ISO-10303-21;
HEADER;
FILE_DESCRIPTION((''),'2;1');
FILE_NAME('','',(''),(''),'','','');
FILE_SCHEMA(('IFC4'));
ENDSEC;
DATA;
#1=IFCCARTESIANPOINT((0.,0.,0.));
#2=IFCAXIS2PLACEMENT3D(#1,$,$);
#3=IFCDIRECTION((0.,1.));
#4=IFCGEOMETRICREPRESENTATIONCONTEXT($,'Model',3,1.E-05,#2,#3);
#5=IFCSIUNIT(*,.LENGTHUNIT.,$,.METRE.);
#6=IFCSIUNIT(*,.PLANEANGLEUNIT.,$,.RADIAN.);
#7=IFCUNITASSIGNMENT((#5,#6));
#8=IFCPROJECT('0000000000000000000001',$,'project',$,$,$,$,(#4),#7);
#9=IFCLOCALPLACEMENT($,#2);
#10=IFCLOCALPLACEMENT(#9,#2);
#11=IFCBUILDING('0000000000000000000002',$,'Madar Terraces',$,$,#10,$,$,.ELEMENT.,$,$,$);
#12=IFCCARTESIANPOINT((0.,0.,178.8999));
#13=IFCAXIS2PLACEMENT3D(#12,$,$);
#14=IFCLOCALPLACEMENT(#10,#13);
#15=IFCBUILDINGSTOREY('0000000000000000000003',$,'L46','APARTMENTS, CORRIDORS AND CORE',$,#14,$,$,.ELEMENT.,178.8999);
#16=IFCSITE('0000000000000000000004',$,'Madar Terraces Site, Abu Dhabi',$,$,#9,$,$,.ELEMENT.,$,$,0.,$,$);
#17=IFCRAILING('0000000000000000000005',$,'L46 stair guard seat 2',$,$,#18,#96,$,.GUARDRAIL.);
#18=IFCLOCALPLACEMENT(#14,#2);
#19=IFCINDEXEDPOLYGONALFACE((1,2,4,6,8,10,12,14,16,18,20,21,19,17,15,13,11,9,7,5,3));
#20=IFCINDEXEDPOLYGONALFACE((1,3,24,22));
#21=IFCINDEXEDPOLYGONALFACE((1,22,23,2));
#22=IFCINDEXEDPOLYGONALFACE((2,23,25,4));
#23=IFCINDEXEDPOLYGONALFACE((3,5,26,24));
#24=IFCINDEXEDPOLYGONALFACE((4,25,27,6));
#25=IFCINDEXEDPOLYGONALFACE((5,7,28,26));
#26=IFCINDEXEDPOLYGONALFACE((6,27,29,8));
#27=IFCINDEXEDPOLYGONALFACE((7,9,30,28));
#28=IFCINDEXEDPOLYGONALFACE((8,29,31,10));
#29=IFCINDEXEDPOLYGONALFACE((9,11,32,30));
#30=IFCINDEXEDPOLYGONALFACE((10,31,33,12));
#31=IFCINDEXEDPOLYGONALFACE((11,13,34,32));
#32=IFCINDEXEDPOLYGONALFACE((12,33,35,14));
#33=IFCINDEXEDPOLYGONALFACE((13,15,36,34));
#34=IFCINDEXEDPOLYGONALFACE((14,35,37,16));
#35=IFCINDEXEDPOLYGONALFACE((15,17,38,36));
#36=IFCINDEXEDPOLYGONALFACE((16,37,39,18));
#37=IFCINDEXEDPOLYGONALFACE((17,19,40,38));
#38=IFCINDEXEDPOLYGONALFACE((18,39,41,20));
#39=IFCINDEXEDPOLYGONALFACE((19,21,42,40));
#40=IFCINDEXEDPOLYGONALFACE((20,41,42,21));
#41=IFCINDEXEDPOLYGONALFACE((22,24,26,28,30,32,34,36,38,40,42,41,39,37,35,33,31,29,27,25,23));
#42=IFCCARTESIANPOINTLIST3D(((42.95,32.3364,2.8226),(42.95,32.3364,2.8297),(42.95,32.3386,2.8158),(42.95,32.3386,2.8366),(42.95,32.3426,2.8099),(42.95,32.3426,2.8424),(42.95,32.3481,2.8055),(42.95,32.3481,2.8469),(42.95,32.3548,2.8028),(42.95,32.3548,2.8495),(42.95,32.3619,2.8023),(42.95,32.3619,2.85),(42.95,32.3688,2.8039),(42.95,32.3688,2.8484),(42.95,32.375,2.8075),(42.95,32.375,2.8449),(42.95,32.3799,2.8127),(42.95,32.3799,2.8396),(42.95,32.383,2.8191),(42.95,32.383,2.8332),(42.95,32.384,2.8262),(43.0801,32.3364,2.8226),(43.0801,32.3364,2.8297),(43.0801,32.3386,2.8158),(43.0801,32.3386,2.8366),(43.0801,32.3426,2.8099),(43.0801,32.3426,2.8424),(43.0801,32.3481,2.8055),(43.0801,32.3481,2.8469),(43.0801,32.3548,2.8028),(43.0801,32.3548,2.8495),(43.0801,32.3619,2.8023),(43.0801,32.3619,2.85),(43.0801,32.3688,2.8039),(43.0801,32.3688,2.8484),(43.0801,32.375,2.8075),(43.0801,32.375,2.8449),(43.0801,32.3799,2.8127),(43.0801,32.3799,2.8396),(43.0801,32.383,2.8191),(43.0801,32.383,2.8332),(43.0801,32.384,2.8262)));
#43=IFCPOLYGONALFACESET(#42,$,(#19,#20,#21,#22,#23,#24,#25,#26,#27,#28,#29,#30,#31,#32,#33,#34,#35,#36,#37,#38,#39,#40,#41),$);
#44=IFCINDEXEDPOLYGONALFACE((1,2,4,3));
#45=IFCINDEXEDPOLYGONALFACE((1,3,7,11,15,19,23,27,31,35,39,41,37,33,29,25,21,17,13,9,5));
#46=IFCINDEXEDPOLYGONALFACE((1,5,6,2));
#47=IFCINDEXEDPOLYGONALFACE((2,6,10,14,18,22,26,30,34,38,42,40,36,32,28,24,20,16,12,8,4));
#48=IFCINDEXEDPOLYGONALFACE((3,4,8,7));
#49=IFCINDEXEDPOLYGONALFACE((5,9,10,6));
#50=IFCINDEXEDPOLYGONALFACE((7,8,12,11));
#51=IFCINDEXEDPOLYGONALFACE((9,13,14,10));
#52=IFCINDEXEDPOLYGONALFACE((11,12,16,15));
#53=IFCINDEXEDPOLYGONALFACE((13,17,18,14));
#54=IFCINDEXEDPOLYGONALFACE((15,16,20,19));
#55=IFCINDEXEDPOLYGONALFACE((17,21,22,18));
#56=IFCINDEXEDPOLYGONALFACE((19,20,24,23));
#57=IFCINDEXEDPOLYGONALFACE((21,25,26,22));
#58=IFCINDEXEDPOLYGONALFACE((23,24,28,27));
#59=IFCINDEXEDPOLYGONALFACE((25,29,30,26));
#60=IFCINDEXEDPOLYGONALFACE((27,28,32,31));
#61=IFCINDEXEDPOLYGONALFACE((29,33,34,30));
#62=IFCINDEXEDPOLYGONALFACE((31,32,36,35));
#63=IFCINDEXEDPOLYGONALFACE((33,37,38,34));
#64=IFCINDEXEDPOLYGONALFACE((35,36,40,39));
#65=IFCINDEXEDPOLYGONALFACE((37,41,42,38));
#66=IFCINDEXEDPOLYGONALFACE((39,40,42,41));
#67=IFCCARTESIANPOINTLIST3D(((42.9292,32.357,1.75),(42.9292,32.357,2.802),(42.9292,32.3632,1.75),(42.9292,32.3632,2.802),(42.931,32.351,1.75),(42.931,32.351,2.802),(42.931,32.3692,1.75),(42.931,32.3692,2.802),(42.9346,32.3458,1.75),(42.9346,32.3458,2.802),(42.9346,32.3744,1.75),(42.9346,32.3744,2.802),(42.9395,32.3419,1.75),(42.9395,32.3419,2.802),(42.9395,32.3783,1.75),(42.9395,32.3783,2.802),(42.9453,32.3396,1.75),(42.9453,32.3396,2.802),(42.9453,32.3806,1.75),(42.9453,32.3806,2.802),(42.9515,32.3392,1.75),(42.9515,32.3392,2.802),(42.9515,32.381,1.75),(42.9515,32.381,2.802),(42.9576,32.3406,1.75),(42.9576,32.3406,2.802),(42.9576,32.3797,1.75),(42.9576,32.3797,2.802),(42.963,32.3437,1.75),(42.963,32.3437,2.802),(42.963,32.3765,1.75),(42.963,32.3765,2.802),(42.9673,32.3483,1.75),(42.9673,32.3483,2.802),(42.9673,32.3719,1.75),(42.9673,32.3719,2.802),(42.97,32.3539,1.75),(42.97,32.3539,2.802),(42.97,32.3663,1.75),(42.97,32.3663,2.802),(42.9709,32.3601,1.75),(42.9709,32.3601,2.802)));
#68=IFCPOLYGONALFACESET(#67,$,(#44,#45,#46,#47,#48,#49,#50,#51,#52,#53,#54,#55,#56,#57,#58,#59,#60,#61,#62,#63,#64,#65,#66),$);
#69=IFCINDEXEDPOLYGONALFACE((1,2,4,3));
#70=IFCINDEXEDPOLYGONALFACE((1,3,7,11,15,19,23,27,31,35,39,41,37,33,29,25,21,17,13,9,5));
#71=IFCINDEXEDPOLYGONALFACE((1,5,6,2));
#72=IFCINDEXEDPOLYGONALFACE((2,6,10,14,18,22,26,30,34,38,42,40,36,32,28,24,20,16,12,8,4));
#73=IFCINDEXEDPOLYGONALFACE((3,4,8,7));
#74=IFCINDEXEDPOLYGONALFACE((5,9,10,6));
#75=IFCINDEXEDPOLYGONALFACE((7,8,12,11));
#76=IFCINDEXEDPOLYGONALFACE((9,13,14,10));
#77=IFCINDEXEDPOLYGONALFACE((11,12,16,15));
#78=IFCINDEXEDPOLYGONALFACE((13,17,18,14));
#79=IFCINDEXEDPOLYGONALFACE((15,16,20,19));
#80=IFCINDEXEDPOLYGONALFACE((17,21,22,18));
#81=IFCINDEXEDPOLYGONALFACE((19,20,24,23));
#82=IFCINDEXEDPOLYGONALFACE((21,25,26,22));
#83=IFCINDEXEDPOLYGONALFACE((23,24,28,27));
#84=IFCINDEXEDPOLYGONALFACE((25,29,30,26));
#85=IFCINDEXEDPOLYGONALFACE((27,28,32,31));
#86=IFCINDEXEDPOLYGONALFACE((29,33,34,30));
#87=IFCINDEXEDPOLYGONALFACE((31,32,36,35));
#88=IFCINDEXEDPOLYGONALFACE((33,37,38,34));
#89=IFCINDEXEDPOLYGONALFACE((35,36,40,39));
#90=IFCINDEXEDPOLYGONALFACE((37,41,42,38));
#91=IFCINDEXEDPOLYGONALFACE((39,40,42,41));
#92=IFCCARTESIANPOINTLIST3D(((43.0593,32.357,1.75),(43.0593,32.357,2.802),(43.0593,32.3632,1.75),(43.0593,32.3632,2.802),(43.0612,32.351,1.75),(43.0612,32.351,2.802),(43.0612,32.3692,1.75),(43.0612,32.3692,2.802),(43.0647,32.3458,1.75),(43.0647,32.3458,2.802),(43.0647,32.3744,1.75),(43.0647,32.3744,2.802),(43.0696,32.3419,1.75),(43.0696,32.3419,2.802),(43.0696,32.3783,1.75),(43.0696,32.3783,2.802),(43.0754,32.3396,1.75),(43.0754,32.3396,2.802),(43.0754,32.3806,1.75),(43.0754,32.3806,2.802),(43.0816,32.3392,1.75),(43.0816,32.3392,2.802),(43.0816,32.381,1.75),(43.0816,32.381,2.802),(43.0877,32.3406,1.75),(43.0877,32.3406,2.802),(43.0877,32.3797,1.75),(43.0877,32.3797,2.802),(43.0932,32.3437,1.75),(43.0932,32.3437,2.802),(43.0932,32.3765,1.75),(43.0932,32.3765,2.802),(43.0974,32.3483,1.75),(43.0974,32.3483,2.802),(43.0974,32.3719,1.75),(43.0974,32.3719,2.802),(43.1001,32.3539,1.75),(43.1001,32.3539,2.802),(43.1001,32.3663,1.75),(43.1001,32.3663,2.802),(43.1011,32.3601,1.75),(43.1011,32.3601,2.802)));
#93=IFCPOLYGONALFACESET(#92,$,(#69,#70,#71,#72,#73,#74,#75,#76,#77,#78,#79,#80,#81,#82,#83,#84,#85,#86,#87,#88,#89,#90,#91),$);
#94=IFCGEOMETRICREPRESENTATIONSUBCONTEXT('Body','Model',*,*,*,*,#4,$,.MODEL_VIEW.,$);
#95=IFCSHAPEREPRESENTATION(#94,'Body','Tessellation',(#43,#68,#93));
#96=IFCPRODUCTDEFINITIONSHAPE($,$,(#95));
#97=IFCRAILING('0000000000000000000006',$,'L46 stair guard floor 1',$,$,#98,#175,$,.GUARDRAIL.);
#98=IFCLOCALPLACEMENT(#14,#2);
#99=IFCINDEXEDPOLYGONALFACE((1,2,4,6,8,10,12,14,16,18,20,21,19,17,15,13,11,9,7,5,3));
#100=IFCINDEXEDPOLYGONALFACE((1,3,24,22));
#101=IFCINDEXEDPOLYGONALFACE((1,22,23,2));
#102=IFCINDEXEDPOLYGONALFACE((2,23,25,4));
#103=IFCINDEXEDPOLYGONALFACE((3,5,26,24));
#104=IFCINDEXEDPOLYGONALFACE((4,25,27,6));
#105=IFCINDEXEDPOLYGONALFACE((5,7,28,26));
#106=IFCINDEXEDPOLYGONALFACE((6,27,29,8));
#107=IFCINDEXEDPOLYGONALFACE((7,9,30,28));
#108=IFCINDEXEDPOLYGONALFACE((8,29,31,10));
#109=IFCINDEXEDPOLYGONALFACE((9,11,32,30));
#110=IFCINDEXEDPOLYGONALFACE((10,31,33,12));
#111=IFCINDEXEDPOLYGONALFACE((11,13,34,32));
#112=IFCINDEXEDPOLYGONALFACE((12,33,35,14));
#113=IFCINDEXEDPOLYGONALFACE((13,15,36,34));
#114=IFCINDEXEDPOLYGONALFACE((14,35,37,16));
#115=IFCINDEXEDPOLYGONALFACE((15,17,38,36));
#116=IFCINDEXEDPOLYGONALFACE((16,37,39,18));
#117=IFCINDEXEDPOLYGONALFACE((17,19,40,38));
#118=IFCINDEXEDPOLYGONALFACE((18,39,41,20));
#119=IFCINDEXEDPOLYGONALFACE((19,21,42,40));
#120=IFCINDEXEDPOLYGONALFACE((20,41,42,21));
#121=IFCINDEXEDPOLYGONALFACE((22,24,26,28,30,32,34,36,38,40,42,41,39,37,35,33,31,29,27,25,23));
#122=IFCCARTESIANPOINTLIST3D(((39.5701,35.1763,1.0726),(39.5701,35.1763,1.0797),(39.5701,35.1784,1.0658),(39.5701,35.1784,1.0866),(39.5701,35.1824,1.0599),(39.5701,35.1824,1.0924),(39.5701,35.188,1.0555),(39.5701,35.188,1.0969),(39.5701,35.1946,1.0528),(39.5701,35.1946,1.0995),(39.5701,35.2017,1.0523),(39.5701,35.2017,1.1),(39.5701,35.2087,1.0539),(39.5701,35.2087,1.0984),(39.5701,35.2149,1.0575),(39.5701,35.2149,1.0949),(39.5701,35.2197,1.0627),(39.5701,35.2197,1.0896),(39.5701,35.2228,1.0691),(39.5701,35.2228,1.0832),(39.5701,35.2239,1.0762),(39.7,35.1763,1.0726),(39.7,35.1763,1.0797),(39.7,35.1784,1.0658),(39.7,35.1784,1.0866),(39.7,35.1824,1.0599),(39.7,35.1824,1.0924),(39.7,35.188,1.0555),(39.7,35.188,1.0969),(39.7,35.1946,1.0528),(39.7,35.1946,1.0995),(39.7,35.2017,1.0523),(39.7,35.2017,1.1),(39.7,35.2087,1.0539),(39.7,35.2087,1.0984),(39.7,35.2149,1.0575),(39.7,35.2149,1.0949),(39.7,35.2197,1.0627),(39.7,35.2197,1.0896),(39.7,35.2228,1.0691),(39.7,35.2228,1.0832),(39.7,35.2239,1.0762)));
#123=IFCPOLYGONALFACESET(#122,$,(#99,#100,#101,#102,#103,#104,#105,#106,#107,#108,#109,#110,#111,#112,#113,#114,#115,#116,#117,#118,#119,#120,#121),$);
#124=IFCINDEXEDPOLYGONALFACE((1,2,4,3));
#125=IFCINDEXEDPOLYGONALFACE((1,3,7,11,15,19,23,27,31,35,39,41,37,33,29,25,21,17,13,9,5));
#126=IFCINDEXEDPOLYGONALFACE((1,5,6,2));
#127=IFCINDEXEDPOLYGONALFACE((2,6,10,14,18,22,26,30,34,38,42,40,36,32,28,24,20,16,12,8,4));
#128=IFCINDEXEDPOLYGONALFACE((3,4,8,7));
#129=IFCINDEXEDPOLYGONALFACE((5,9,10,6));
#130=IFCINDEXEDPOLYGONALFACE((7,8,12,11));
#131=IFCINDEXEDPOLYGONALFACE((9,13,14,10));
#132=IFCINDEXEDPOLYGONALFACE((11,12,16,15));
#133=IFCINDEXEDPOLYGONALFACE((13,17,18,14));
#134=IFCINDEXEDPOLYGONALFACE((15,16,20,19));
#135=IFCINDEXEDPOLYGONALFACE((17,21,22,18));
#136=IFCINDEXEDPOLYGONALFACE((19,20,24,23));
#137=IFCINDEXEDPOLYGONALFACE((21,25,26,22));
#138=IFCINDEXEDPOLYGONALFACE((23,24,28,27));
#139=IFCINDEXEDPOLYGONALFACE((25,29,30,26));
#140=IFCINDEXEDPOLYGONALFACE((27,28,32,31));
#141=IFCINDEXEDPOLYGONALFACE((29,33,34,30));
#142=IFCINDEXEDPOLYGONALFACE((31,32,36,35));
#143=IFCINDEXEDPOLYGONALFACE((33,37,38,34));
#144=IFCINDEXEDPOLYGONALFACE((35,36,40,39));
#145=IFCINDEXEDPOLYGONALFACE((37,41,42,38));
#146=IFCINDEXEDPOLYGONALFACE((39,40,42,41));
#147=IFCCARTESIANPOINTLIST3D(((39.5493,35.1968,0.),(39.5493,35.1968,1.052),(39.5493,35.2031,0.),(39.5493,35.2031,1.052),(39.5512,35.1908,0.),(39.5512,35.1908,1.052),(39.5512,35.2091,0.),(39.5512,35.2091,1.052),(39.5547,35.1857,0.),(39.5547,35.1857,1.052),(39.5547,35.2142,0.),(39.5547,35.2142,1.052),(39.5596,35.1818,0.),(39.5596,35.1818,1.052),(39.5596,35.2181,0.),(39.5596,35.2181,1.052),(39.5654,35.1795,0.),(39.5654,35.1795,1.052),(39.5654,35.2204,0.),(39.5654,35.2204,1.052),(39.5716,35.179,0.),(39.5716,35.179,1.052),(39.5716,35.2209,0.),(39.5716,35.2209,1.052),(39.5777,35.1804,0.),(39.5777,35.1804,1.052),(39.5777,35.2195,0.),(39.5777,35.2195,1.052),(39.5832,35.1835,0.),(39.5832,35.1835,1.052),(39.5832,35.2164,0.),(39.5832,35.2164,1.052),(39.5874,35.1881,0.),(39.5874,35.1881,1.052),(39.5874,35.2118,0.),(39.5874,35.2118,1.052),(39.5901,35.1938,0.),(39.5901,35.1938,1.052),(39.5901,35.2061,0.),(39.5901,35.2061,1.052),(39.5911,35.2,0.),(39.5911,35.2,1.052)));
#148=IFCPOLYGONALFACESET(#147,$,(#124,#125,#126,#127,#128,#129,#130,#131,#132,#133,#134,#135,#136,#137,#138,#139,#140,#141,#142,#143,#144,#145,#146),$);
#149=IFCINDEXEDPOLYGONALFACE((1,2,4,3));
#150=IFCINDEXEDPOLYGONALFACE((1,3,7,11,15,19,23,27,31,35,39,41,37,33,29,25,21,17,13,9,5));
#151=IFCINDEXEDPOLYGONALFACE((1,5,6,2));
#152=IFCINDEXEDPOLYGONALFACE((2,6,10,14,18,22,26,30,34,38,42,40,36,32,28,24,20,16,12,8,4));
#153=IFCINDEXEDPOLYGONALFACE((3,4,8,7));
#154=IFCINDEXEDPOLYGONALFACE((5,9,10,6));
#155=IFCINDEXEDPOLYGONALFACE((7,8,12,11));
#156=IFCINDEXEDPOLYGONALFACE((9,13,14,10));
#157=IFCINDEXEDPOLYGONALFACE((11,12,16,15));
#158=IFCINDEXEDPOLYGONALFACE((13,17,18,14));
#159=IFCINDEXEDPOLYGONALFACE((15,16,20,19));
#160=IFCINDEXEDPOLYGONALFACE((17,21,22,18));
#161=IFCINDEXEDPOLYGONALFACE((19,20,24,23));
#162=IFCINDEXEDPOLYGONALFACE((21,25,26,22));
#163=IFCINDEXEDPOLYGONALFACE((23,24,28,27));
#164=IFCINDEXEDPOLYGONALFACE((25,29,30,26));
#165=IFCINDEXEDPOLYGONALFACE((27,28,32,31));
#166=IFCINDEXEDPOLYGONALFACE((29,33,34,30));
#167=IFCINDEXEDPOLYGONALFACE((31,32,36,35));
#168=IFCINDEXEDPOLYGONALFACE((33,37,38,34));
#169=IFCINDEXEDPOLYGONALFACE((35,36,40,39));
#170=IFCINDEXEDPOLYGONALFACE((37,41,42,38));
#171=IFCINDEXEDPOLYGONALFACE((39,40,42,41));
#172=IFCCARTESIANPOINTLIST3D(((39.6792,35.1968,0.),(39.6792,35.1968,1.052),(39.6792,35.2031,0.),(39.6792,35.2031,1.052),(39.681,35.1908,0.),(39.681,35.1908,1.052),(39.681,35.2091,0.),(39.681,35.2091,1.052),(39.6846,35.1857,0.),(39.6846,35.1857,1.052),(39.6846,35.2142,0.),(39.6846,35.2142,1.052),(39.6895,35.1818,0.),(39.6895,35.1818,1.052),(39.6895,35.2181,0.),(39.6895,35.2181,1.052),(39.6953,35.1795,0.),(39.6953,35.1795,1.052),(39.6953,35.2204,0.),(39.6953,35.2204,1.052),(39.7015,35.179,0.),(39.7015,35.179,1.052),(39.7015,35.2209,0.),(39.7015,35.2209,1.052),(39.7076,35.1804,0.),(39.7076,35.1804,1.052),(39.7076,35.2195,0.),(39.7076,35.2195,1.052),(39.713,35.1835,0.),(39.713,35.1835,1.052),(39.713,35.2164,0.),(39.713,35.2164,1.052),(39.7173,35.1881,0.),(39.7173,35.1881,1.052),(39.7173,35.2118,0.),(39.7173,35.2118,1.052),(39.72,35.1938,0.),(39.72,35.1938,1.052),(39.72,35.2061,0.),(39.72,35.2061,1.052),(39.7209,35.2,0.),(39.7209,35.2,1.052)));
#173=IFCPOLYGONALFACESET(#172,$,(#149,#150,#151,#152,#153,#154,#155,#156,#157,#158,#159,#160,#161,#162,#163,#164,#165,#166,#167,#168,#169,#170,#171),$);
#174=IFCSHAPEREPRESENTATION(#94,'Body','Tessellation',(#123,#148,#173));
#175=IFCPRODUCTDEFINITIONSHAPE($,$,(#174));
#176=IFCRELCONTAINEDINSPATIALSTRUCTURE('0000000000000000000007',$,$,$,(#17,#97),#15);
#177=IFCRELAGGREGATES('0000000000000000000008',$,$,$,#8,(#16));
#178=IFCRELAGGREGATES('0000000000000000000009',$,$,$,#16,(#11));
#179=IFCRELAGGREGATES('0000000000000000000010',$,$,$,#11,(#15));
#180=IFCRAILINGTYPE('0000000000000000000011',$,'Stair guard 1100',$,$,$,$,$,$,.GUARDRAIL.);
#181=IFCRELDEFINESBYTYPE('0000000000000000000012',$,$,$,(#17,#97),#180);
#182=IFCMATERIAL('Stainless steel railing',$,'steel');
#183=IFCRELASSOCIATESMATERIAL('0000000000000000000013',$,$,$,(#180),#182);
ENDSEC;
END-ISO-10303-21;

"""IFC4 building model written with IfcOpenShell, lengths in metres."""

from ifc_helpers import new_model, si_unit, direction, frame, origin, origin_2d, place, context, subcontext, project, spatial, circle, extrude, material, type_object, element, save


model = new_model("IFC4")

# Units and contexts
model_context = context("Model", 3, precision=1e-05, world=origin(), true_north=direction((0.0, 1.0)))
body_context = subcontext(model_context, "Body", "Model", "MODEL_VIEW")
ifc_project = project(units=[si_unit("LENGTHUNIT", "METRE"), si_unit("PLANEANGLEUNIT", "RADIAN")], contexts=[model_context])

# Site, building, storey
site_placement = place(None, origin())
site = spatial("IfcSite", under=ifc_project, at=site_placement, Name="Madar Terraces Site, Abu Dhabi", CompositionType="ELEMENT", RefElevation=0.0)
building_placement = place(site_placement, origin())
building = spatial("IfcBuilding", under=site, at=building_placement, Name="Madar Terraces", CompositionType="ELEMENT")
storey_placement = place(building_placement, frame((0.0, 0.0, 178.8999)))
storey = spatial("IfcBuildingStorey", under=building, at=storey_placement, Name="L46", Description="APARTMENTS, CORRIDORS AND CORE", CompositionType="ELEMENT", Elevation=178.8999)

# Railings
ifc_material_1 = material(Name="Stainless steel railing", Category="steel")
railing_type_1 = type_object("IfcRailingType", Name="Stair guard 1100", PredefinedType="GUARDRAIL", material=ifc_material_1)
railing_1_placement = place(storey_placement, frame((42.95, 32.3601, 1.75)))
element("IfcRailing", 1, at=railing_1_placement, inside=storey, type_object=railing_type_1, Name="L46 stair guard seat 2", PredefinedType="GUARDRAIL", context=body_context, shape_type="SweptSolid", body=[
    extrude(circle(Radius=0.0239, at=origin_2d()), frame((0.0, 0.0, 1.0762), z_axis=(1.0, 0.0, 0.0), x_axis=(0.0, 1.0, 0.0)), (0.0, 0.0, 1.0), 0.1301),
    extrude(circle(Radius=0.021, at=origin_2d()), origin(), (0.0, 0.0, 1.0), 1.052),
    extrude(circle(Radius=0.021, at=origin_2d()), frame((0.1301, 0.0, 0.0)), (0.0, 0.0, 1.0), 1.052),
])
railing_2_placement = place(storey_placement, frame((39.5701, 35.2, 0.0)))
element("IfcRailing", 2, at=railing_2_placement, inside=storey, type_object=railing_type_1, Name="L46 stair guard floor 1", PredefinedType="GUARDRAIL", context=body_context, shape_type="SweptSolid", body=[
    extrude(circle(Radius=0.0239, at=origin_2d()), frame((0.0, 0.0, 1.0762), z_axis=(1.0, 0.0, 0.0), x_axis=(0.0, 1.0, 0.0)), (0.0, 0.0, 1.0), 0.1299),
    extrude(circle(Radius=0.021, at=origin_2d()), origin(), (0.0, 0.0, 1.0), 1.052),
    extrude(circle(Radius=0.021, at=origin_2d()), frame((0.1299, 0.0, 0.0)), (0.0, 0.0, 1.0), 1.052),
])

save(model, "model.ifc")
